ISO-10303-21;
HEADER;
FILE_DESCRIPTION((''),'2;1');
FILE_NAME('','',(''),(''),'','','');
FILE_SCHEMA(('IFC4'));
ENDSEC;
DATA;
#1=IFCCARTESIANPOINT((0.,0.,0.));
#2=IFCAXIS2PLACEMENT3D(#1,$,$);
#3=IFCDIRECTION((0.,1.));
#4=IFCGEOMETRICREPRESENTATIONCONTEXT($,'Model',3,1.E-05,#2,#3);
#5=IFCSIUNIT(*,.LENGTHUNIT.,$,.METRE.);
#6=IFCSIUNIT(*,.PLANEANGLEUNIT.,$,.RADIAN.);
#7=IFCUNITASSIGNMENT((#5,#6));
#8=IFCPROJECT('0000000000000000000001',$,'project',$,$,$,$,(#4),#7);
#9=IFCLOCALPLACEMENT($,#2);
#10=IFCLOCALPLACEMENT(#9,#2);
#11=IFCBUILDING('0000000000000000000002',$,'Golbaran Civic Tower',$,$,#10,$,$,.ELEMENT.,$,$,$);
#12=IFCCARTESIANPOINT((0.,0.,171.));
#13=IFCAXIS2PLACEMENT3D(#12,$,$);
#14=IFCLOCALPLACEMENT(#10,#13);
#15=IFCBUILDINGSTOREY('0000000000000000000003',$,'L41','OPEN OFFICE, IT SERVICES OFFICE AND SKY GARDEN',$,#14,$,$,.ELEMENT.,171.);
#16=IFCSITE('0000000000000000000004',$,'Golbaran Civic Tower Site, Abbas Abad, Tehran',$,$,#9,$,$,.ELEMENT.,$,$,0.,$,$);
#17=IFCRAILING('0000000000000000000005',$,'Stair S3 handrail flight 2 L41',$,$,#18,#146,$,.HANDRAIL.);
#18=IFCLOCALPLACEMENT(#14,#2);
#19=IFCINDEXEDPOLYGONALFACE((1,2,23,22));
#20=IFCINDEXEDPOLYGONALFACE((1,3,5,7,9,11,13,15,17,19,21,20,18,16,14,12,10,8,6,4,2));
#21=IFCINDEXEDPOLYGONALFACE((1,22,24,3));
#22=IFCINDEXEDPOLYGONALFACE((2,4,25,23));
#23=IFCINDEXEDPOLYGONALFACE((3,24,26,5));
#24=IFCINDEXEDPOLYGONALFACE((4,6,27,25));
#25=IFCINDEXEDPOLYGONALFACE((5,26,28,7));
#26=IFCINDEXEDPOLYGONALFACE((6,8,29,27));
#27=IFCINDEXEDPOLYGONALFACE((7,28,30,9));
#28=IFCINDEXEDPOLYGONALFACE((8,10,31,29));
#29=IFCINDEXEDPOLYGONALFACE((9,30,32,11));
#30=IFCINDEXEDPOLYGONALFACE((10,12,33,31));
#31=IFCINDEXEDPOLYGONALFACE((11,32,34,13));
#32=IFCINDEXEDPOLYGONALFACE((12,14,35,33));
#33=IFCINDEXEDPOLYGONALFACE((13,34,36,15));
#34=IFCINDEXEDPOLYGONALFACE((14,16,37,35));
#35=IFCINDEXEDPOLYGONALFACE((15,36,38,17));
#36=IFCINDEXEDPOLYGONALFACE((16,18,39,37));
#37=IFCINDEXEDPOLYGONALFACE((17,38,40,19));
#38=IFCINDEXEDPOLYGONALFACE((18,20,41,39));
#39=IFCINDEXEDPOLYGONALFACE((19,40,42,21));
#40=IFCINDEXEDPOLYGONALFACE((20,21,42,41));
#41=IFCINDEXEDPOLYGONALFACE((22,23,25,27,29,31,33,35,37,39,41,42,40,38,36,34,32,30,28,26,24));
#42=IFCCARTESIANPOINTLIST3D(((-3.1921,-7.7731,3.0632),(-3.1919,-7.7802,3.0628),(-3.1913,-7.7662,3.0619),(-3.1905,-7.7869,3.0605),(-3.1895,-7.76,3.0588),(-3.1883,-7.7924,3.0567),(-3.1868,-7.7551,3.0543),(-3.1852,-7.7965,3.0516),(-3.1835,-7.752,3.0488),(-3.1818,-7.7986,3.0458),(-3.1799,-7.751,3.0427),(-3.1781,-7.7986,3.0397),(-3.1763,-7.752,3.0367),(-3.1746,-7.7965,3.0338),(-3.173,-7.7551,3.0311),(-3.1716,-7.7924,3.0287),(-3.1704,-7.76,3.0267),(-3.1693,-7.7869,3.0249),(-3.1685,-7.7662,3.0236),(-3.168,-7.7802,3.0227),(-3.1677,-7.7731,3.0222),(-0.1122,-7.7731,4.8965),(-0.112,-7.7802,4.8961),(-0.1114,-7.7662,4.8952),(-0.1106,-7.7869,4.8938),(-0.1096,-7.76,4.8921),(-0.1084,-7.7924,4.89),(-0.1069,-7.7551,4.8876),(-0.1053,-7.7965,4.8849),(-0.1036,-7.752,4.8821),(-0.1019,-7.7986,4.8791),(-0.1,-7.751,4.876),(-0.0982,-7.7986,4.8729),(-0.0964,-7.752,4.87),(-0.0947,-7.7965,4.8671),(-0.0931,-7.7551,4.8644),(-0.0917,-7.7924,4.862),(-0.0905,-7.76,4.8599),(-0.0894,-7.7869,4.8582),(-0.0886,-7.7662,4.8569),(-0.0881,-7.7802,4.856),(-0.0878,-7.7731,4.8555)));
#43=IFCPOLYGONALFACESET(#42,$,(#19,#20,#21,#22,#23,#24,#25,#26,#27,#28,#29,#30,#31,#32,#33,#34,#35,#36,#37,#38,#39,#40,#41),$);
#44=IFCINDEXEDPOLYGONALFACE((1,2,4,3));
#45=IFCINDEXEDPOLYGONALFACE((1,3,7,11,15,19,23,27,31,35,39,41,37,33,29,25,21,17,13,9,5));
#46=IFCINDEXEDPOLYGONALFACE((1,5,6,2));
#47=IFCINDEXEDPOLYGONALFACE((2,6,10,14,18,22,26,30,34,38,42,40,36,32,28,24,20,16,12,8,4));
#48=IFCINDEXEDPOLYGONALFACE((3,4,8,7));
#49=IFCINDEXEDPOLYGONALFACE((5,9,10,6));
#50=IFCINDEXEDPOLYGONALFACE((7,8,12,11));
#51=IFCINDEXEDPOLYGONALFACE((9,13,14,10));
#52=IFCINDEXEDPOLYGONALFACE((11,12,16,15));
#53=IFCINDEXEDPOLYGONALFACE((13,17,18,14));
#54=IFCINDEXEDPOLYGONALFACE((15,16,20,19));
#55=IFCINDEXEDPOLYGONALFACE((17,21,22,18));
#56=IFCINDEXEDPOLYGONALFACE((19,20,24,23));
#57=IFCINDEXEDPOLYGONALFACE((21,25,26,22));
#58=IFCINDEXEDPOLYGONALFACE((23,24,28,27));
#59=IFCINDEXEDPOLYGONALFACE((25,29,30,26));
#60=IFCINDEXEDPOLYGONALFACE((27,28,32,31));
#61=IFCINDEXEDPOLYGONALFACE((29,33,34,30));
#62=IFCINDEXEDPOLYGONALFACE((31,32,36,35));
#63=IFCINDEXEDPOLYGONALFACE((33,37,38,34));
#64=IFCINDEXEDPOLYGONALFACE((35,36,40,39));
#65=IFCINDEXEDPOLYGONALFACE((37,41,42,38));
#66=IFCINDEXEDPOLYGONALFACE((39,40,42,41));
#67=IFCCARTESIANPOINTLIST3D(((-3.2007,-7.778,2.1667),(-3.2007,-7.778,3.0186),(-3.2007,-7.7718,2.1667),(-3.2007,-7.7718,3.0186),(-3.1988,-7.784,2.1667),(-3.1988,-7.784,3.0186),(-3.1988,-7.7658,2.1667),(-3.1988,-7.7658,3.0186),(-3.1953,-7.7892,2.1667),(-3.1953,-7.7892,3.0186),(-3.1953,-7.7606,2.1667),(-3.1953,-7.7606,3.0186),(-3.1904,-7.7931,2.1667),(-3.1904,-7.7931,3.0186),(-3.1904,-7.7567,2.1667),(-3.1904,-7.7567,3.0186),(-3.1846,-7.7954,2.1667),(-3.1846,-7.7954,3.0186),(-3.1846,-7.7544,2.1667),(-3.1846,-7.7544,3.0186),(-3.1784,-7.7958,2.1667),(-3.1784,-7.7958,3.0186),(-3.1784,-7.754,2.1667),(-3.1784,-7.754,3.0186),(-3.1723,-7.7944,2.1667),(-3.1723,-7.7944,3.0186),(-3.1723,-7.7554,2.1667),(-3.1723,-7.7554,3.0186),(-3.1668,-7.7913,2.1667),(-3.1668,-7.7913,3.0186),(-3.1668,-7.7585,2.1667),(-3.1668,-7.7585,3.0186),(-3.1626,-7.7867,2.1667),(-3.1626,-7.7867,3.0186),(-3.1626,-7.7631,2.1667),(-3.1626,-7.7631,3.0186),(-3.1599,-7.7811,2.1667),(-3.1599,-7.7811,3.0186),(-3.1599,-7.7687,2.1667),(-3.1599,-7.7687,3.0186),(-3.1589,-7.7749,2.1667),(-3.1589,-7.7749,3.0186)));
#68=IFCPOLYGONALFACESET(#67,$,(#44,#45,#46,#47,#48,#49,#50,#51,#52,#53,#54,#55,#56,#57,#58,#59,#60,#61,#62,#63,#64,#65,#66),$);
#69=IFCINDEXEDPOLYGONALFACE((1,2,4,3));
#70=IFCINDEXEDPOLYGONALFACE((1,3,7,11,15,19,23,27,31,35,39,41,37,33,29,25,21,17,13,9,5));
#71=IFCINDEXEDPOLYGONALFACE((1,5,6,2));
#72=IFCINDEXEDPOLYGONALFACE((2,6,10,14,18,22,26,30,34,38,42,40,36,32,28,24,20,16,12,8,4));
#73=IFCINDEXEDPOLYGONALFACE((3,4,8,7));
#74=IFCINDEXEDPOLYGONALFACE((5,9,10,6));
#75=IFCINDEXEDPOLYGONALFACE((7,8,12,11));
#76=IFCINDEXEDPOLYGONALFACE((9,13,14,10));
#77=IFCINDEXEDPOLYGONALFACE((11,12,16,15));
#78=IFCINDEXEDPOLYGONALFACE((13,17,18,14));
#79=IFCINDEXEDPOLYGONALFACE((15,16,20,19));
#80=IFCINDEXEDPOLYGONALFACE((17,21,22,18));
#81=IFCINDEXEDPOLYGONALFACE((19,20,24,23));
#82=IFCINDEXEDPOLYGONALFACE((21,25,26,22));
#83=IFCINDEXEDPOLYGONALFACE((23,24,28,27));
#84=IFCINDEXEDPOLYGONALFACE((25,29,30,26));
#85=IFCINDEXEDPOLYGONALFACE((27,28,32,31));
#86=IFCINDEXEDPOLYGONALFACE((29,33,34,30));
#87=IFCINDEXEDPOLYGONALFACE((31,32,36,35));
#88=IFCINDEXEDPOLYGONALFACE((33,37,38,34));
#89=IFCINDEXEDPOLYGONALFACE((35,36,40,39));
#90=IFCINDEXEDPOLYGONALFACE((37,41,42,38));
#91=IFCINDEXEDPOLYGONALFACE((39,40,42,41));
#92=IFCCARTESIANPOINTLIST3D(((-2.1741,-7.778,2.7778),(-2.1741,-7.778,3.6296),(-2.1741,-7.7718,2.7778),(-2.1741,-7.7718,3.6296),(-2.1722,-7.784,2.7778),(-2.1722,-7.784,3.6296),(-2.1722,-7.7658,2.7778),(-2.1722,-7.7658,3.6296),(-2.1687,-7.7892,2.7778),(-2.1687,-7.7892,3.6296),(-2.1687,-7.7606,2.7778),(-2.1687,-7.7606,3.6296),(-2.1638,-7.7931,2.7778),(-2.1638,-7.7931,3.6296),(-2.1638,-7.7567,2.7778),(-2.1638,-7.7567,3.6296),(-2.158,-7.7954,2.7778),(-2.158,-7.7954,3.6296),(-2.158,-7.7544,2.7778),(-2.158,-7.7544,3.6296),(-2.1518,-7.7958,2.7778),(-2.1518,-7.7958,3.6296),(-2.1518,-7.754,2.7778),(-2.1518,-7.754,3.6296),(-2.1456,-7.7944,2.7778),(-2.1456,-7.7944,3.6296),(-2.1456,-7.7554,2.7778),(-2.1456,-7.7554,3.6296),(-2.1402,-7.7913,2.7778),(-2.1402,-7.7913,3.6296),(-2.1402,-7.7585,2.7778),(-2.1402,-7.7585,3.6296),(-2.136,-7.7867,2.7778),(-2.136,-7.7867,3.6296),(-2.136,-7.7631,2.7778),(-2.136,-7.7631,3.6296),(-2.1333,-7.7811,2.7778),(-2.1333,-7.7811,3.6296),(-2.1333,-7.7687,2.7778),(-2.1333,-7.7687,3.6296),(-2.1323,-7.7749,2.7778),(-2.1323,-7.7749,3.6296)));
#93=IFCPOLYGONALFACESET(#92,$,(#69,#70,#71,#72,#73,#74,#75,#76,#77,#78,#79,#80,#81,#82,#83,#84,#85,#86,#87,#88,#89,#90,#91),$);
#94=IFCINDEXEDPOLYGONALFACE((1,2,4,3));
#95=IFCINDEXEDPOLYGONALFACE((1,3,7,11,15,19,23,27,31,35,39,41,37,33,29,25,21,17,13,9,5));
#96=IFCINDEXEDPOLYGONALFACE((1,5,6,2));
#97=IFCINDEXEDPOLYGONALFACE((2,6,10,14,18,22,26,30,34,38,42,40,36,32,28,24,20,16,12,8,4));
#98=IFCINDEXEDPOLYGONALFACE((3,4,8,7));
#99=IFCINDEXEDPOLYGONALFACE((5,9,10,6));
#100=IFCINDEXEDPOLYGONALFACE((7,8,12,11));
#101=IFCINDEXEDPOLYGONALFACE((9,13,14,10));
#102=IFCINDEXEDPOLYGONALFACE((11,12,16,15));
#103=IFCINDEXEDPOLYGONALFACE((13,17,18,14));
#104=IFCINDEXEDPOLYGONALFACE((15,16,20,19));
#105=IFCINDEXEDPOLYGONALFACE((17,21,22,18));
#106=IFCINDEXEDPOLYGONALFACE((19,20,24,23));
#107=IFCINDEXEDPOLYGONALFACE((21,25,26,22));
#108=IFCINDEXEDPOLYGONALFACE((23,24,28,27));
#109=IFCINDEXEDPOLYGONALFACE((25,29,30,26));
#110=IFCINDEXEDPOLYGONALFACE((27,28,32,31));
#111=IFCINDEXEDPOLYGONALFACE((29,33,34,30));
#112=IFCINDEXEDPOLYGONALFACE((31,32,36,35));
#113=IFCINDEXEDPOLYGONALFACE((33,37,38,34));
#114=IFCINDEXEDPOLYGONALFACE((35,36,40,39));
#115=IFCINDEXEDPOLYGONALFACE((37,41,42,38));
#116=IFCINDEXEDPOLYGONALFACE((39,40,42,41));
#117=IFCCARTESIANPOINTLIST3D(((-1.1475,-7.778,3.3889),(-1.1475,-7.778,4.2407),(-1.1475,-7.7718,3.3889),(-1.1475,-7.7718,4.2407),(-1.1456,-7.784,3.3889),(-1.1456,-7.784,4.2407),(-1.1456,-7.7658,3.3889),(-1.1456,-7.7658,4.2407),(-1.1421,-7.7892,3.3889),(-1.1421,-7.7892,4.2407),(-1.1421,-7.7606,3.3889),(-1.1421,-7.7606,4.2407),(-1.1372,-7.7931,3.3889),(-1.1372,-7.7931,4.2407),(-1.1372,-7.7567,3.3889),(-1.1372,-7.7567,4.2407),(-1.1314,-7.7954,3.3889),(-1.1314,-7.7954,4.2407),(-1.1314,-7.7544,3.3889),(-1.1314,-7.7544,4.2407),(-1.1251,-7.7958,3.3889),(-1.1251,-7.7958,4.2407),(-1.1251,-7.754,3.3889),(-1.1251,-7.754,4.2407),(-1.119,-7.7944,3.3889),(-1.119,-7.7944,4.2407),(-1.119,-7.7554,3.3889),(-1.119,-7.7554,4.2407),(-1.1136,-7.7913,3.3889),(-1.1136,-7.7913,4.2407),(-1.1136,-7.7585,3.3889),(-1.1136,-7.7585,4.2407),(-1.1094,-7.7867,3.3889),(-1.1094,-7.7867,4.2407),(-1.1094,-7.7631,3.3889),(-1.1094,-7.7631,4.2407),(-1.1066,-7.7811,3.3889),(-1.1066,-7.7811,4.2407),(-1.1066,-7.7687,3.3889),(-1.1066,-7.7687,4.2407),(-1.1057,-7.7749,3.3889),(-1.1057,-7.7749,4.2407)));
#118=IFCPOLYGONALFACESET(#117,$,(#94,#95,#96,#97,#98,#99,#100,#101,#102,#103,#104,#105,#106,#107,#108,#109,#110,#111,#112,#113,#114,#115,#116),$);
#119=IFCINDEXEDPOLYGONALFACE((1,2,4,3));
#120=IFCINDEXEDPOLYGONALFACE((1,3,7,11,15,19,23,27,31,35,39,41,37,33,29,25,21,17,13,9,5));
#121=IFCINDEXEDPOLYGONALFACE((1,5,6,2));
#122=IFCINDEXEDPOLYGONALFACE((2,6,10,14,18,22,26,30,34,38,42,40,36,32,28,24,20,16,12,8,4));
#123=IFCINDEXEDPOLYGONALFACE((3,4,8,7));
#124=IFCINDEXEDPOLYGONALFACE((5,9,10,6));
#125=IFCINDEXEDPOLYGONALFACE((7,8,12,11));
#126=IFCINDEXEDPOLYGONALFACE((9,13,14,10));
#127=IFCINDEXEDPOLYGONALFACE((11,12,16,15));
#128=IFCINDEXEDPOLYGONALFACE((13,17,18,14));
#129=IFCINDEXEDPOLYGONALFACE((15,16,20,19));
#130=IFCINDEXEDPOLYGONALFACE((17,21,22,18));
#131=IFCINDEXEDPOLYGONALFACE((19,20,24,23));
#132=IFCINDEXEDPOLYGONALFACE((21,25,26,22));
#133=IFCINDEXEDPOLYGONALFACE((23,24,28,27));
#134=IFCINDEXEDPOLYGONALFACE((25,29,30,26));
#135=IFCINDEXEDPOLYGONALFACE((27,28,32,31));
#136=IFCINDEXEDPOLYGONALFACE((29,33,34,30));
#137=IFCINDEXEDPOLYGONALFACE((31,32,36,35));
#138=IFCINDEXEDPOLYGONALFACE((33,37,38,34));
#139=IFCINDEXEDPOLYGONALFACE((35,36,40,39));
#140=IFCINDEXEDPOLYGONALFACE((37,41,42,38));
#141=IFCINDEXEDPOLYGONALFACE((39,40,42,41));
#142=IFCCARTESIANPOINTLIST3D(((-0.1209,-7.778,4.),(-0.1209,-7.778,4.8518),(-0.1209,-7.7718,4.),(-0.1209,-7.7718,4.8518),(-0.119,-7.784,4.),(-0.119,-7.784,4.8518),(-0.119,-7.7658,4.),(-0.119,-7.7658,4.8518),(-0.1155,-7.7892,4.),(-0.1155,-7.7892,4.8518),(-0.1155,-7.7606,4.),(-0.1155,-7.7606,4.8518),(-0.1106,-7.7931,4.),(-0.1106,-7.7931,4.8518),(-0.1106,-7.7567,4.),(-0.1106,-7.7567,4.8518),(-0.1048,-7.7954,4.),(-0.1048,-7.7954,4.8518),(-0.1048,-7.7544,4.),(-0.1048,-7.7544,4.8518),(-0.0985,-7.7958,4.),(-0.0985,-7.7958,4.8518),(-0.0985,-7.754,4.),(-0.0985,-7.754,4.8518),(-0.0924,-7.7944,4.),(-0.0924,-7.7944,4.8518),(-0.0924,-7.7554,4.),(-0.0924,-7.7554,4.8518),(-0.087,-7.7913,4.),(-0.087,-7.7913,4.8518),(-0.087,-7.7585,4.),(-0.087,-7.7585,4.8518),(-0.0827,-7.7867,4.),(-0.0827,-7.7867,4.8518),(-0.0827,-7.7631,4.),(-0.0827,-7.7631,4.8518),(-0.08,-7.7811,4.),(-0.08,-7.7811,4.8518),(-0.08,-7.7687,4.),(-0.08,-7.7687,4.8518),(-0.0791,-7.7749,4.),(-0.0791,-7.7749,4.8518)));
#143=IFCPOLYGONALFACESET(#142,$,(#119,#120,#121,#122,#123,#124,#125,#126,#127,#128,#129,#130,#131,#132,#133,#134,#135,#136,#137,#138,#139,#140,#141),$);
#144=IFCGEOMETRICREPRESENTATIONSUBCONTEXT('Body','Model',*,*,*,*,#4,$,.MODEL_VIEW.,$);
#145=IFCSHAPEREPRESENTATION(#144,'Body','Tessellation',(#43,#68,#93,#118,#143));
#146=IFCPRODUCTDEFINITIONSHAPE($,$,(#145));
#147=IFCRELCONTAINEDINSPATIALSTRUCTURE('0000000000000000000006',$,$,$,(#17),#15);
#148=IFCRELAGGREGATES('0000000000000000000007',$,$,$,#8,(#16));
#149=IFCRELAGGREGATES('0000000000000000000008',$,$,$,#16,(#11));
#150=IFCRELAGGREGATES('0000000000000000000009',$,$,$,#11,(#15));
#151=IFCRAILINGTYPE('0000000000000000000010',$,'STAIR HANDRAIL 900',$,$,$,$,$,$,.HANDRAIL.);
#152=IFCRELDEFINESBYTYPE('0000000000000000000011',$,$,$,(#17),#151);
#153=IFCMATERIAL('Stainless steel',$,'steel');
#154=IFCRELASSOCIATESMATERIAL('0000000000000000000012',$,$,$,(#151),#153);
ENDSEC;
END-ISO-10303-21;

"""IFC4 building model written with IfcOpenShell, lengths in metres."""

from ifc_helpers import new_model, si_unit, direction, frame, origin, origin_2d, place, context, subcontext, project, spatial, circle, extrude, material, type_object, element, save


model = new_model("IFC4")

# Units and contexts
model_context = context("Model", 3, precision=1e-05, world=origin(), true_north=direction((0.0, 1.0)))
body_context = subcontext(model_context, "Body", "Model", "MODEL_VIEW")
ifc_project = project(units=[si_unit("LENGTHUNIT", "METRE"), si_unit("PLANEANGLEUNIT", "RADIAN")], contexts=[model_context])

# Site, building, storey
site_placement = place(None, origin())
site = spatial("IfcSite", under=ifc_project, at=site_placement, Name="Golbaran Civic Tower Site, Abbas Abad, Tehran", CompositionType="ELEMENT", RefElevation=0.0)
building_placement = place(site_placement, origin())
building = spatial("IfcBuilding", under=site, at=building_placement, Name="Golbaran Civic Tower", CompositionType="ELEMENT")
storey_placement = place(building_placement, frame((0.0, 0.0, 171.0)))
storey = spatial("IfcBuildingStorey", under=building, at=storey_placement, Name="L41", Description="OPEN OFFICE, IT SERVICES OFFICE AND SKY GARDEN", CompositionType="ELEMENT", Elevation=171.0)

# Railing
ifc_material_1 = material(Name="Stainless steel", Category="steel")
railing_type = type_object("IfcRailingType", Name="STAIR HANDRAIL 900", PredefinedType="HANDRAIL", material=ifc_material_1)
railing_placement = place(storey_placement, frame((-3.1799, -7.7749, 2.1667)))
element("IfcRailing", 1, at=railing_placement, inside=storey, type_object=railing_type, Name="Stair S3 handrail flight 2 L41", PredefinedType="HANDRAIL", context=body_context, shape_type="SweptSolid", body=[
    extrude(circle(Radius=0.0239, at=origin_2d()), frame((0.0, 0.0, 0.876), z_axis=(0.859291, 0.0, 0.511487), x_axis=(0.0, 1.0, 0.0)), (0.0, 0.0, 1.0), 3.5842),
    extrude(circle(Radius=0.021, at=origin_2d()), origin(), (0.0, 0.0, 1.0), 0.8518),
    extrude(circle(Radius=0.021, at=origin_2d()), frame((1.0266, 0.0, 0.6111)), (0.0, 0.0, 1.0), 0.8518),
    extrude(circle(Radius=0.021, at=origin_2d()), frame((2.0532, 0.0, 1.2222)), (0.0, 0.0, 1.0), 0.8518),
    extrude(circle(Radius=0.021, at=origin_2d()), frame((3.0798, 0.0, 1.8333)), (0.0, 0.0, 1.0), 0.8518),
])

save(model, "model.ifc")
